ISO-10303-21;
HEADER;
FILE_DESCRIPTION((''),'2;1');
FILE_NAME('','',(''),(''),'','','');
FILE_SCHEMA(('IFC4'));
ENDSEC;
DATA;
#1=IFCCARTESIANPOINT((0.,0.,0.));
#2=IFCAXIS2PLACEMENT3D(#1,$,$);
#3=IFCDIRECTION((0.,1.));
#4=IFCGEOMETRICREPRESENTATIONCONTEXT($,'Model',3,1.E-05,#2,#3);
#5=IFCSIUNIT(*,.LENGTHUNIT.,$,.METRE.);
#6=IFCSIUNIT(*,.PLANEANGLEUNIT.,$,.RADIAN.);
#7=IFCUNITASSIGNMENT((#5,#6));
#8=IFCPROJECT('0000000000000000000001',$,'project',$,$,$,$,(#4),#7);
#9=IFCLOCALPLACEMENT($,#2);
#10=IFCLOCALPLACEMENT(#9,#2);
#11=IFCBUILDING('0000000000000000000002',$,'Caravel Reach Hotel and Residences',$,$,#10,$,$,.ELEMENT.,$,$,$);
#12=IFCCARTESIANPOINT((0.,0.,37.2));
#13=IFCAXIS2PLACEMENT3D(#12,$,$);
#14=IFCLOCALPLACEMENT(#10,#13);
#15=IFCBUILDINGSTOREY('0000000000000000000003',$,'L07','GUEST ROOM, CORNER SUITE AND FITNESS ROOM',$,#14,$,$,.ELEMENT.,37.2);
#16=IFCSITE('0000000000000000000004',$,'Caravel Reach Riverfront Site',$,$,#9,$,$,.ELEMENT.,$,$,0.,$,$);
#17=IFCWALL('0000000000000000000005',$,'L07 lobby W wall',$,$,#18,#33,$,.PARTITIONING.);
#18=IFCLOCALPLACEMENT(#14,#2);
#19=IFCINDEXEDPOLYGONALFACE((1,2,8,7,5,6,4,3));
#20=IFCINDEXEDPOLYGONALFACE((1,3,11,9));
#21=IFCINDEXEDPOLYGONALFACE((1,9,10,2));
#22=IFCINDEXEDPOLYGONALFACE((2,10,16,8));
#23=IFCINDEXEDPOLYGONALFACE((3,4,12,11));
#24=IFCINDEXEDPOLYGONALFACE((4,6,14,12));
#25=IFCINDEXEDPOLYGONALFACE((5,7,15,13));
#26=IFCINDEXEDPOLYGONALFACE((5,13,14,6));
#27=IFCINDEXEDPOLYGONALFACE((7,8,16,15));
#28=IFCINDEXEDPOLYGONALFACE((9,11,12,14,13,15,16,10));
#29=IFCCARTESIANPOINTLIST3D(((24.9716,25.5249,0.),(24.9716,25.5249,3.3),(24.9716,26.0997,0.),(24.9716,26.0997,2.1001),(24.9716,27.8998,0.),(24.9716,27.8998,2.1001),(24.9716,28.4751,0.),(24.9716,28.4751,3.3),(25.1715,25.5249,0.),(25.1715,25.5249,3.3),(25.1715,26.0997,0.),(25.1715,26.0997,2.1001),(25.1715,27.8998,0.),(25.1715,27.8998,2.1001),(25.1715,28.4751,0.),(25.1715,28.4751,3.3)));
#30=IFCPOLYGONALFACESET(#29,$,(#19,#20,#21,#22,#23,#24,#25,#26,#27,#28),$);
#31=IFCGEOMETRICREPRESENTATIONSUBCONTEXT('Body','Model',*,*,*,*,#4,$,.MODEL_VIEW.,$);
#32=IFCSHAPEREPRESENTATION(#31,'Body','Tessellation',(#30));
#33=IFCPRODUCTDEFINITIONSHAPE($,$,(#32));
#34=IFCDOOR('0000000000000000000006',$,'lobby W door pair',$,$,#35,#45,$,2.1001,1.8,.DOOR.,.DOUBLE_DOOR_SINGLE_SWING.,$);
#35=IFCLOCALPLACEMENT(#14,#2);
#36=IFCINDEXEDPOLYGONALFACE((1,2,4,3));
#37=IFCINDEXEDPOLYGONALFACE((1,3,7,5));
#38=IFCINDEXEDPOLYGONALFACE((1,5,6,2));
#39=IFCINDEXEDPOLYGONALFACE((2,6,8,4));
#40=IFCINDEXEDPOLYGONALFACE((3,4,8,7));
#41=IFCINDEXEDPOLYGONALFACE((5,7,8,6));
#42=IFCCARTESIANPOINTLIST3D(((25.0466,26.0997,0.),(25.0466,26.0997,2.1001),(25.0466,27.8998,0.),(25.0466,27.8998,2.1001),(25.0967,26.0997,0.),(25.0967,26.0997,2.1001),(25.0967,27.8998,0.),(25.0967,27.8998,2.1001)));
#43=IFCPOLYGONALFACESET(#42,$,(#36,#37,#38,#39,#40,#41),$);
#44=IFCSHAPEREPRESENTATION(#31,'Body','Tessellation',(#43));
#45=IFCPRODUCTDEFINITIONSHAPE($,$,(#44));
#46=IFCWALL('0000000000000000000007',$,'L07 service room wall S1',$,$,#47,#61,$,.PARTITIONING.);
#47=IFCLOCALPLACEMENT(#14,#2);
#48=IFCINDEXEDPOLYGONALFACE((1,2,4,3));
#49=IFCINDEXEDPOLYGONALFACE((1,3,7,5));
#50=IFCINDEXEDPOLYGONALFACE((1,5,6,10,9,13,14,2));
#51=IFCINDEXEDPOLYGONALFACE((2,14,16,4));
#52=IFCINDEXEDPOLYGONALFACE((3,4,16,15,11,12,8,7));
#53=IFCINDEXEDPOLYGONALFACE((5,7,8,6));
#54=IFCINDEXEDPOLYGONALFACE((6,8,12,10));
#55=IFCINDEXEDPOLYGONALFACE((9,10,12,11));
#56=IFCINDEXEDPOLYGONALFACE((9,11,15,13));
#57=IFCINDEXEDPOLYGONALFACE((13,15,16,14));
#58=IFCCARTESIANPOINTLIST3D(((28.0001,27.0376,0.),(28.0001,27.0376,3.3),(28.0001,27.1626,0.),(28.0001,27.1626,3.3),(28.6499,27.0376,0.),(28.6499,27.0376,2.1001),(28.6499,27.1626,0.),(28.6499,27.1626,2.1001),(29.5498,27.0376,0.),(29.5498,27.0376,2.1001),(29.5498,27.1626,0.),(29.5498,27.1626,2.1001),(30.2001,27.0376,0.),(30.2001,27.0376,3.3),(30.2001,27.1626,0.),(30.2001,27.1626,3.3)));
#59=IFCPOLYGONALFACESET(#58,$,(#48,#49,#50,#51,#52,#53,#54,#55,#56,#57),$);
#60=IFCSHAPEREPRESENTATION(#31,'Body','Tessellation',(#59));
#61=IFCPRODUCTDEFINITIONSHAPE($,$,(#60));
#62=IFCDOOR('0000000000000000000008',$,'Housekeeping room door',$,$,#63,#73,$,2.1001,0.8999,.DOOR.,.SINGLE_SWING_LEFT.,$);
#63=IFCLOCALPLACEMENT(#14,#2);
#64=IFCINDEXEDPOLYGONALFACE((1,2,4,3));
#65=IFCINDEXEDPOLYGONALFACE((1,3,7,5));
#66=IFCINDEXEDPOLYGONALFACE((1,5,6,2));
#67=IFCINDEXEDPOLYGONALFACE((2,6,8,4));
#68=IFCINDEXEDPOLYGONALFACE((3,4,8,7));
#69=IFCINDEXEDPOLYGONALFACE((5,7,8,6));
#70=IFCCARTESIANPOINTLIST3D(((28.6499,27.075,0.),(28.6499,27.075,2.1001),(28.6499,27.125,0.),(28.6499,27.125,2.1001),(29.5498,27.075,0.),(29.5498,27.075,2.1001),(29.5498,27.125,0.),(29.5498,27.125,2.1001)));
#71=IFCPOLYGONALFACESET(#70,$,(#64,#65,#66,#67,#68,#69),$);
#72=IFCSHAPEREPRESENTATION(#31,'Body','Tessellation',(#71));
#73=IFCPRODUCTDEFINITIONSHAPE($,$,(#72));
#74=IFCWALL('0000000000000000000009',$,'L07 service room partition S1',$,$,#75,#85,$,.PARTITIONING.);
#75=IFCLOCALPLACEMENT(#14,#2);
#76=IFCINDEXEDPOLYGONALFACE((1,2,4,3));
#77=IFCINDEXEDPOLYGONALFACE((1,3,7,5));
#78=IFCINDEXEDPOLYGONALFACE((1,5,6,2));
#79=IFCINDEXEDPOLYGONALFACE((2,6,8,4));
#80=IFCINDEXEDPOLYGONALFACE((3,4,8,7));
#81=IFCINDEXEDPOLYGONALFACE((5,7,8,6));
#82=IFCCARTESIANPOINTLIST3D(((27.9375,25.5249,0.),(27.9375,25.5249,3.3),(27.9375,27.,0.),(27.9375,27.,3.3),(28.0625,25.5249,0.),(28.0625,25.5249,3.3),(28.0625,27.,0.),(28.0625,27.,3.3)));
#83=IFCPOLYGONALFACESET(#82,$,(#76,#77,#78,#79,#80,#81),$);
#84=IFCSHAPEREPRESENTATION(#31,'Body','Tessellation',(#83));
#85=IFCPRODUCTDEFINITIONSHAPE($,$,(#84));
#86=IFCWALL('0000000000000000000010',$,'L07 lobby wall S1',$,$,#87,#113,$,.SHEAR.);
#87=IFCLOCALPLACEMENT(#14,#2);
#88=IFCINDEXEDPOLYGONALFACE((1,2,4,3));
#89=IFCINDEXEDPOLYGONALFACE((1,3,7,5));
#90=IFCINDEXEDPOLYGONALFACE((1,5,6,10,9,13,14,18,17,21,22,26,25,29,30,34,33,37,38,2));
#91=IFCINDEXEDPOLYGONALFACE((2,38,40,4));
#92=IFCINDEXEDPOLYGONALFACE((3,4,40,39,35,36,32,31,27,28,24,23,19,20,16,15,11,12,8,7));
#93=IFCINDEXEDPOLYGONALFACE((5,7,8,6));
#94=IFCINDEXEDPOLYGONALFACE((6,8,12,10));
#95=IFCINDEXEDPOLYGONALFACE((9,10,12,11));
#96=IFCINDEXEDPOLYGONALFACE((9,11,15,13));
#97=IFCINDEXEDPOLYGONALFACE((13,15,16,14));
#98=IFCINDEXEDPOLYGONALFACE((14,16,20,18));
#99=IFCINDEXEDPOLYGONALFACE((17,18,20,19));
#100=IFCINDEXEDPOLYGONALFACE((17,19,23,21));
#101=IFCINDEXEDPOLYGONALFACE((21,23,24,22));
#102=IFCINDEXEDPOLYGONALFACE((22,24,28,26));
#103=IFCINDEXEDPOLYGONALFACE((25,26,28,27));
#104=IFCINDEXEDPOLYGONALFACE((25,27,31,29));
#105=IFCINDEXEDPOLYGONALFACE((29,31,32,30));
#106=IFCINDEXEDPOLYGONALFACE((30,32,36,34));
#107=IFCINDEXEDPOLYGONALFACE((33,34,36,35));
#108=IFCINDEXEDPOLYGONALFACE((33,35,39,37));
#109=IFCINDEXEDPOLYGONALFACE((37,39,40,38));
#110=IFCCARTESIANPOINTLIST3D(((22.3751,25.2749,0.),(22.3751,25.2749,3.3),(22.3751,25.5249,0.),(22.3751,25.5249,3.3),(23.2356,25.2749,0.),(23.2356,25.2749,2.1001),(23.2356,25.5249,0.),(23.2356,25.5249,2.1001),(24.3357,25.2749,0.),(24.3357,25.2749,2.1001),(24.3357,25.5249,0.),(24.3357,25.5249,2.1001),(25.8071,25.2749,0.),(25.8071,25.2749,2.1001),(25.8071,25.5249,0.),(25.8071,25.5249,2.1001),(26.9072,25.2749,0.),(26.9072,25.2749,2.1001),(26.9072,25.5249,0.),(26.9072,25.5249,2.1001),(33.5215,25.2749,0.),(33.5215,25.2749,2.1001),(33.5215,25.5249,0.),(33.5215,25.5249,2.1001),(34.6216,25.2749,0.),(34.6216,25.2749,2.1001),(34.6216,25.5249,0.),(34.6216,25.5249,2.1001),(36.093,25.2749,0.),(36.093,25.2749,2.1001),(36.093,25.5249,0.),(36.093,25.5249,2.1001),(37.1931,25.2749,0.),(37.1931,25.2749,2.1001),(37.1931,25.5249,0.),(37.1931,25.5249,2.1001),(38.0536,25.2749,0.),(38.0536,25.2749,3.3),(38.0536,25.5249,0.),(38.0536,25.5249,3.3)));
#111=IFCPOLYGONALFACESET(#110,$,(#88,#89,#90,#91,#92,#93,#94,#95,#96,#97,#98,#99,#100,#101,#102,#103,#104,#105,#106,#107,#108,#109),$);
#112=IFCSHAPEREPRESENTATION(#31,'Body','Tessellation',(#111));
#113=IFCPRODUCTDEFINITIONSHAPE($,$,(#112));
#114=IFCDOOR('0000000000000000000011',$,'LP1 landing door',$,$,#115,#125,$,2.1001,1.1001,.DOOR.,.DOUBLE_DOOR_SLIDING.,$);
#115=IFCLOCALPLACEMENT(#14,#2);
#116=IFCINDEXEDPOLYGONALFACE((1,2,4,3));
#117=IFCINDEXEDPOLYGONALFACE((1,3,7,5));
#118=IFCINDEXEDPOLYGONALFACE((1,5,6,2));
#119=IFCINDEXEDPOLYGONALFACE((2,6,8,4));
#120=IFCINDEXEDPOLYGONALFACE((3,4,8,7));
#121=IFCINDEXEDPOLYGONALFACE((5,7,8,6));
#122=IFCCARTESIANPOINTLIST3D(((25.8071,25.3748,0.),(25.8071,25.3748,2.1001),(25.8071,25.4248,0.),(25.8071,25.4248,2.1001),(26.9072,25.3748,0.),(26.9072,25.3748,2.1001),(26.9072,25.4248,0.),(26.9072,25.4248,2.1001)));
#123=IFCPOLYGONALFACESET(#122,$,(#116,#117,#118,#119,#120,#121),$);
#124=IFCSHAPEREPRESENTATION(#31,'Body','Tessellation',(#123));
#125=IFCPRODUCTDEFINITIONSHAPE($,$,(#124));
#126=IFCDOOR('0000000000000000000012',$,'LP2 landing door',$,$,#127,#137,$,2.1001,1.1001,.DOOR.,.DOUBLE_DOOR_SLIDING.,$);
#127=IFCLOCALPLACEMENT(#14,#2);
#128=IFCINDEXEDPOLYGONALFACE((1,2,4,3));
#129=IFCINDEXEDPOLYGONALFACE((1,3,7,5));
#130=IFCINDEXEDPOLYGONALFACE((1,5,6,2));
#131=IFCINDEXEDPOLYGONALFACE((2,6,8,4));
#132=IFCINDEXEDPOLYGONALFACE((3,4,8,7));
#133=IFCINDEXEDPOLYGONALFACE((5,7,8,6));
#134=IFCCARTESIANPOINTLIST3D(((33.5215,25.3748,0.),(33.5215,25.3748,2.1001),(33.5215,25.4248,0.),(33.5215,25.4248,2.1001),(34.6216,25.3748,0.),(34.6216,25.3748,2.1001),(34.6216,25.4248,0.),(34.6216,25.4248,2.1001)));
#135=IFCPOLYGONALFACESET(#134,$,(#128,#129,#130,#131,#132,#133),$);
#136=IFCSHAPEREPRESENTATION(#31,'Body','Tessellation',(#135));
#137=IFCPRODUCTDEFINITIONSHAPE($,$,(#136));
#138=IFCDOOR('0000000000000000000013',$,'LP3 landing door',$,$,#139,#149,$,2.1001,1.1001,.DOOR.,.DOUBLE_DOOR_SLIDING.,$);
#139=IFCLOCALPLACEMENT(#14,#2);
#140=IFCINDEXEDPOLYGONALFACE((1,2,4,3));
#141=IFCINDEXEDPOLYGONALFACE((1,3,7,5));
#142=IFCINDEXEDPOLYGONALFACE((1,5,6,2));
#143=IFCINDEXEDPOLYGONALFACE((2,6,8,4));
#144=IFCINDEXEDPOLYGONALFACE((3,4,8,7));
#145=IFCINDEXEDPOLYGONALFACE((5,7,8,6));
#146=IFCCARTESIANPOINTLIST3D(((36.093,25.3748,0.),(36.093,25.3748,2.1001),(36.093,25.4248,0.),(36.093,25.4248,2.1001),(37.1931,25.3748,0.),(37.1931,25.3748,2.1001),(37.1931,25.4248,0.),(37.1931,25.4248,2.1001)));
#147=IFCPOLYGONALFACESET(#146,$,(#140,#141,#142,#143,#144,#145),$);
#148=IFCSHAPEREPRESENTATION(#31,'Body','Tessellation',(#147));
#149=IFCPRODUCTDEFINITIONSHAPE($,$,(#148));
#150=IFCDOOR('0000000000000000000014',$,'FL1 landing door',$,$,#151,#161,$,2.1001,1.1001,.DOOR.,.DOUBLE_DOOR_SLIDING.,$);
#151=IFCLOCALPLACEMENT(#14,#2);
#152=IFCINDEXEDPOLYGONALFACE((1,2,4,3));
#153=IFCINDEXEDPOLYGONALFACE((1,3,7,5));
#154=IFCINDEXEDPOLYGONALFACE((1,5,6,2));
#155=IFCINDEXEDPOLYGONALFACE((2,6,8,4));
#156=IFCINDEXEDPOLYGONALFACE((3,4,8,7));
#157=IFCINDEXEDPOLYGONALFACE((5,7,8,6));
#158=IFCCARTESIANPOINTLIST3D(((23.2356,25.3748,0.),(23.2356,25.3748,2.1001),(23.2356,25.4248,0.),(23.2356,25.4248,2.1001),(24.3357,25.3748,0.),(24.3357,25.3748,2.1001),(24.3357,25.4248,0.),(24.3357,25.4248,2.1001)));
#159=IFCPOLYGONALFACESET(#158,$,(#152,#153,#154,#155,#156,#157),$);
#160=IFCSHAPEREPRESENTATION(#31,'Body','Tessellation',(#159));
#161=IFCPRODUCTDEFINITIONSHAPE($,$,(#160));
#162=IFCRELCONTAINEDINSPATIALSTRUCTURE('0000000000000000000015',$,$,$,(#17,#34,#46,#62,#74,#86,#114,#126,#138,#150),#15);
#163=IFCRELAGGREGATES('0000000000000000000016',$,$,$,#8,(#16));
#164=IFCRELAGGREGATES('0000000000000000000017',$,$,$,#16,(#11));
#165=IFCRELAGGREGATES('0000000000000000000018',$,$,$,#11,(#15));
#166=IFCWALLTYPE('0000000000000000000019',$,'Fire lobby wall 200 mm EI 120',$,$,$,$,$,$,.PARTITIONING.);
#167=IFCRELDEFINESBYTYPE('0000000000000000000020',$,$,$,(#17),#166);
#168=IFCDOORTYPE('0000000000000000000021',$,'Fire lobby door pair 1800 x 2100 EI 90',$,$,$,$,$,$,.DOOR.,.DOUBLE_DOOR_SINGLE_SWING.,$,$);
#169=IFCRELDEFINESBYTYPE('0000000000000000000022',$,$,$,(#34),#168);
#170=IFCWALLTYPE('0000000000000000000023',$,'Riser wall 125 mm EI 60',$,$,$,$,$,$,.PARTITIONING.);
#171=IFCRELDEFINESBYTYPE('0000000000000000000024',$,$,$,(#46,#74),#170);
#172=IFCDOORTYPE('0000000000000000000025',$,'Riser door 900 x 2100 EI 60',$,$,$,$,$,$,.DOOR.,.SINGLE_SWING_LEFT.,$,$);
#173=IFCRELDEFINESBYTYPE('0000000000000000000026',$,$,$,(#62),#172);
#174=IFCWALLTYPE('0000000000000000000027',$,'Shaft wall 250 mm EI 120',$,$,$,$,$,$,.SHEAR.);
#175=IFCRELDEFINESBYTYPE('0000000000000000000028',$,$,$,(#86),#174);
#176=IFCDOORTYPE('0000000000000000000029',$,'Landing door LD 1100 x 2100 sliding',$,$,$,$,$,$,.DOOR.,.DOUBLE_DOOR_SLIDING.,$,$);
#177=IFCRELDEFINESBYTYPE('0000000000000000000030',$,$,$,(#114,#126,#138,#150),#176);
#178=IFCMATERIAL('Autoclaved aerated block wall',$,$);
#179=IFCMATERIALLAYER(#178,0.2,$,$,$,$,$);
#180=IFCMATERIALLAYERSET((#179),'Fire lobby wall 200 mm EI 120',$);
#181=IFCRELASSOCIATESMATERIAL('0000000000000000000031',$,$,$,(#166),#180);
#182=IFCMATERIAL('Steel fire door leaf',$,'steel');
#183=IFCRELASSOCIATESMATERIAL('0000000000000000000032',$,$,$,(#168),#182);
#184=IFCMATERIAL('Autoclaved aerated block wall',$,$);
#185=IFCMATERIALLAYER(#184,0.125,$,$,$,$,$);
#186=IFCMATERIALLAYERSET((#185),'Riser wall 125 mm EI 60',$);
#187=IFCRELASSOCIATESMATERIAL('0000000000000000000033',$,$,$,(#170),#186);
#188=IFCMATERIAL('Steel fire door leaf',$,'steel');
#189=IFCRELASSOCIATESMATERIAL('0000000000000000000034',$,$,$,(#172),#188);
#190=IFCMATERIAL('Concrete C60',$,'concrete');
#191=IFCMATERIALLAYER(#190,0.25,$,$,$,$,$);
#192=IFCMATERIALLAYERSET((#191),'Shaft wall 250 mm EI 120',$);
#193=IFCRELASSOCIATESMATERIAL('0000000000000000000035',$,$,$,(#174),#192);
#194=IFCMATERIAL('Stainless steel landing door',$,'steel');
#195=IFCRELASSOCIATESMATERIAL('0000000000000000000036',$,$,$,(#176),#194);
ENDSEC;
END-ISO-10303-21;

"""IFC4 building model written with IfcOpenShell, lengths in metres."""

from ifc_helpers import new_model, si_unit, direction, frame, frame_2d, origin, place, context, subcontext, project, spatial, rectangle, extrude, material, layer, layer_set, type_object, element, fill, save


model = new_model("IFC4")

# Units and contexts
model_context = context("Model", 3, precision=1e-05, world=origin(), true_north=direction((0.0, 1.0)))
body_context = subcontext(model_context, "Body", "Model", "MODEL_VIEW")
ifc_project = project(units=[si_unit("LENGTHUNIT", "METRE"), si_unit("PLANEANGLEUNIT", "RADIAN")], contexts=[model_context])

# Site, building, storey
site_placement = place(None, origin())
site = spatial("IfcSite", under=ifc_project, at=site_placement, Name="Caravel Reach Riverfront Site", CompositionType="ELEMENT", RefElevation=0.0)
building_placement = place(site_placement, origin())
building = spatial("IfcBuilding", under=site, at=building_placement, Name="Caravel Reach Hotel and Residences", CompositionType="ELEMENT")
storey_placement = place(building_placement, frame((0.0, 0.0, 37.2)))
storey = spatial("IfcBuildingStorey", under=building, at=storey_placement, Name="L07", Description="GUEST ROOM, CORNER SUITE AND FITNESS ROOM", CompositionType="ELEMENT", Elevation=37.2)

# Walls, openings, doors
ifc_material_1 = material(Name="Autoclaved aerated block wall")
ifc_layer_1 = layer(ifc_material_1, 0.2)
ifc_layer_set_1 = layer_set([ifc_layer_1], Name="Fire lobby wall 200 mm EI 120")
wall_type_1 = type_object("IfcWallType", Name="Fire lobby wall 200 mm EI 120", PredefinedType="PARTITIONING", material=ifc_layer_set_1)
wall_1_placement = place(storey_placement, frame((25.0715, 25.5249, 0.0), z_axis=(0.0, 0.0, 1.0), x_axis=(0.0, 1.0, 0.0)))
wall_1 = element("IfcWall", 1, at=wall_1_placement, inside=storey, type_object=wall_type_1, Name="L07 lobby W wall", PredefinedType="PARTITIONING", context=body_context, shape_type="SweptSolid", body=[
    extrude(rectangle(XDim=2.9502, YDim=0.2, at=frame_2d((1.4751, 0.0))), origin(), (0.0, 0.0, 1.0), 3.3),
])
opening_1_placement = place(wall_1_placement, frame((0.575, 0.0, 0.0)))
opening_1 = element("IfcOpeningElement", 2, at=opening_1_placement, cuts=wall_1, PredefinedType="OPENING", context=body_context, shape_type="SweptSolid", body=[
    extrude(rectangle(XDim=1.8, YDim=2.1001, at=frame_2d((0.8999, 1.05))), frame((0.0, 0.1099, 0.0), z_axis=(0.0, -1.0, 0.0), x_axis=(1.0, 0.0, 0.0)), (0.0, 0.0, 1.0), 0.22),
])
ifc_material_2 = material(Name="Steel fire door leaf", Category="steel")
door_type_1 = type_object("IfcDoorType", Name="Fire lobby door pair 1800 x 2100 EI 90", OperationType="DOUBLE_DOOR_SINGLE_SWING", PredefinedType="DOOR", material=ifc_material_2)
door_1_placement = place(opening_1_placement, origin())
door_1 = element("IfcDoor", 3, at=door_1_placement, inside=storey, type_object=door_type_1, Name="lobby W door pair", OperationType="DOUBLE_DOOR_SINGLE_SWING", OverallHeight=2.1001, OverallWidth=1.8, PredefinedType="DOOR", context=body_context, shape_type="SweptSolid", body=[
    extrude(rectangle(XDim=1.8, YDim=2.1001, at=frame_2d((0.8999, 1.05))), frame((0.0, 0.0249, 0.0), z_axis=(0.0, -1.0, 0.0), x_axis=(1.0, 0.0, 0.0)), (0.0, 0.0, 1.0), 0.05),
])
fill(opening_1, door_1)
ifc_material_3 = material(Name="Autoclaved aerated block wall")
ifc_layer_2 = layer(ifc_material_3, 0.125)
ifc_layer_set_2 = layer_set([ifc_layer_2], Name="Riser wall 125 mm EI 60")
wall_type_2 = type_object("IfcWallType", Name="Riser wall 125 mm EI 60", PredefinedType="PARTITIONING", material=ifc_layer_set_2)
wall_2_placement = place(storey_placement, frame((28.0, 27.1001, 0.0), z_axis=(0.0, 0.0, 1.0), x_axis=(1.0, 0.0, 0.0)))
wall_2 = element("IfcWall", 4, at=wall_2_placement, inside=storey, type_object=wall_type_2, Name="L07 service room wall S1", PredefinedType="PARTITIONING", context=body_context, shape_type="SweptSolid", body=[
    extrude(rectangle(XDim=2.2, YDim=0.125, at=frame_2d((1.1001, 0.0))), origin(), (0.0, 0.0, 1.0), 3.3),
])
opening_2_placement = place(wall_2_placement, frame((0.6499, 0.0, 0.0)))
opening_2 = element("IfcOpeningElement", 5, at=opening_2_placement, cuts=wall_2, PredefinedType="OPENING", context=body_context, shape_type="SweptSolid", body=[
    extrude(rectangle(XDim=0.8999, YDim=2.1001, at=frame_2d((0.45, 1.05))), frame((0.0, 0.0725, 0.0), z_axis=(0.0, -1.0, 0.0), x_axis=(1.0, 0.0, 0.0)), (0.0, 0.0, 1.0), 0.145),
])
ifc_material_4 = material(Name="Steel fire door leaf", Category="steel")
door_type_2 = type_object("IfcDoorType", Name="Riser door 900 x 2100 EI 60", OperationType="SINGLE_SWING_LEFT", PredefinedType="DOOR", material=ifc_material_4)
door_2_placement = place(opening_2_placement, origin())
door_2 = element("IfcDoor", 6, at=door_2_placement, inside=storey, type_object=door_type_2, Name="Housekeeping room door", OperationType="SINGLE_SWING_LEFT", OverallHeight=2.1001, OverallWidth=0.8999, PredefinedType="DOOR", context=body_context, shape_type="SweptSolid", body=[
    extrude(rectangle(XDim=0.8999, YDim=2.1001, at=frame_2d((0.45, 1.05))), frame((0.0, 0.0249, 0.0), z_axis=(0.0, -1.0, 0.0), x_axis=(1.0, 0.0, 0.0)), (0.0, 0.0, 1.0), 0.05),
])
fill(opening_2, door_2)

# Wall
wall_3_placement = place(storey_placement, frame((28.0, 25.5249, 0.0), z_axis=(0.0, 0.0, 1.0), x_axis=(0.0, 1.0, 0.0)))
element("IfcWall", 7, at=wall_3_placement, inside=storey, type_object=wall_type_2, Name="L07 service room partition S1", PredefinedType="PARTITIONING", context=body_context, shape_type="SweptSolid", body=[
    extrude(rectangle(XDim=1.4751, YDim=0.125, at=frame_2d((0.7375, 0.0))), origin(), (0.0, 0.0, 1.0), 3.3),
])

# Wall, openings, doors
ifc_material_5 = material(Name="Concrete C60", Category="concrete")
ifc_layer_3 = layer(ifc_material_5, 0.25)
ifc_layer_set_3 = layer_set([ifc_layer_3], Name="Shaft wall 250 mm EI 120")
wall_type_3 = type_object("IfcWallType", Name="Shaft wall 250 mm EI 120", PredefinedType="SHEAR", material=ifc_layer_set_3)
wall_4_placement = place(storey_placement, frame((22.375, 25.3999, 0.0), z_axis=(0.0, 0.0, 1.0), x_axis=(1.0, 0.0, 0.0)))
wall_4 = element("IfcWall", 8, at=wall_4_placement, inside=storey, type_object=wall_type_3, Name="L07 lobby wall S1", PredefinedType="SHEAR", context=body_context, shape_type="SweptSolid", body=[
    extrude(rectangle(XDim=15.6785, YDim=0.25, at=frame_2d((7.8394, 0.0))), origin(), (0.0, 0.0, 1.0), 3.3),
])
opening_3_placement = place(wall_4_placement, frame((3.4321, 0.0, 0.0)))
opening_3 = element("IfcOpeningElement", 9, at=opening_3_placement, cuts=wall_4, PredefinedType="OPENING", context=body_context, shape_type="SweptSolid", body=[
    extrude(rectangle(XDim=1.1001, YDim=2.1001, at=frame_2d((0.55, 1.05))), frame((0.0, 0.135, 0.0), z_axis=(0.0, -1.0, 0.0), x_axis=(1.0, 0.0, 0.0)), (0.0, 0.0, 1.0), 0.27),
])
opening_4_placement = place(wall_4_placement, frame((11.1465, 0.0, 0.0)))
opening_4 = element("IfcOpeningElement", 10, at=opening_4_placement, cuts=wall_4, PredefinedType="OPENING", context=body_context, shape_type="SweptSolid", body=[
    extrude(rectangle(XDim=1.1001, YDim=2.1001, at=frame_2d((0.55, 1.05))), frame((0.0, 0.135, 0.0), z_axis=(0.0, -1.0, 0.0), x_axis=(1.0, 0.0, 0.0)), (0.0, 0.0, 1.0), 0.27),
])
opening_5_placement = place(wall_4_placement, frame((13.718, 0.0, 0.0)))
opening_5 = element("IfcOpeningElement", 11, at=opening_5_placement, cuts=wall_4, PredefinedType="OPENING", context=body_context, shape_type="SweptSolid", body=[
    extrude(rectangle(XDim=1.1001, YDim=2.1001, at=frame_2d((0.55, 1.05))), frame((0.0, 0.135, 0.0), z_axis=(0.0, -1.0, 0.0), x_axis=(1.0, 0.0, 0.0)), (0.0, 0.0, 1.0), 0.27),
])
opening_6_placement = place(wall_4_placement, frame((0.8606, 0.0, 0.0)))
opening_6 = element("IfcOpeningElement", 12, at=opening_6_placement, cuts=wall_4, PredefinedType="OPENING", context=body_context, shape_type="SweptSolid", body=[
    extrude(rectangle(XDim=1.1001, YDim=2.1001, at=frame_2d((0.55, 1.05))), frame((0.0, 0.135, 0.0), z_axis=(0.0, -1.0, 0.0), x_axis=(1.0, 0.0, 0.0)), (0.0, 0.0, 1.0), 0.27),
])
ifc_material_6 = material(Name="Stainless steel landing door", Category="steel")
door_type_3 = type_object("IfcDoorType", Name="Landing door LD 1100 x 2100 sliding", OperationType="DOUBLE_DOOR_SLIDING", PredefinedType="DOOR", material=ifc_material_6)
door_3_placement = place(opening_3_placement, origin())
door_3 = element("IfcDoor", 13, at=door_3_placement, inside=storey, type_object=door_type_3, Name="LP1 landing door", OperationType="DOUBLE_DOOR_SLIDING", OverallHeight=2.1001, OverallWidth=1.1001, PredefinedType="DOOR", context=body_context, shape_type="SweptSolid", body=[
    extrude(rectangle(XDim=1.1001, YDim=2.1001, at=frame_2d((0.55, 1.05))), frame((0.0, 0.0249, 0.0), z_axis=(0.0, -1.0, 0.0), x_axis=(1.0, 0.0, 0.0)), (0.0, 0.0, 1.0), 0.05),
])
fill(opening_3, door_3)
door_4_placement = place(opening_4_placement, origin())
door_4 = element("IfcDoor", 14, at=door_4_placement, inside=storey, type_object=door_type_3, Name="LP2 landing door", OperationType="DOUBLE_DOOR_SLIDING", OverallHeight=2.1001, OverallWidth=1.1001, PredefinedType="DOOR", context=body_context, shape_type="SweptSolid", body=[
    extrude(rectangle(XDim=1.1001, YDim=2.1001, at=frame_2d((0.55, 1.05))), frame((0.0, 0.0249, 0.0), z_axis=(0.0, -1.0, 0.0), x_axis=(1.0, 0.0, 0.0)), (0.0, 0.0, 1.0), 0.05),
])
fill(opening_4, door_4)
door_5_placement = place(opening_5_placement, origin())
door_5 = element("IfcDoor", 15, at=door_5_placement, inside=storey, type_object=door_type_3, Name="LP3 landing door", OperationType="DOUBLE_DOOR_SLIDING", OverallHeight=2.1001, OverallWidth=1.1001, PredefinedType="DOOR", context=body_context, shape_type="SweptSolid", body=[
    extrude(rectangle(XDim=1.1001, YDim=2.1001, at=frame_2d((0.55, 1.05))), frame((0.0, 0.0249, 0.0), z_axis=(0.0, -1.0, 0.0), x_axis=(1.0, 0.0, 0.0)), (0.0, 0.0, 1.0), 0.05),
])
fill(opening_5, door_5)
door_6_placement = place(opening_6_placement, origin())
door_6 = element("IfcDoor", 16, at=door_6_placement, inside=storey, type_object=door_type_3, Name="FL1 landing door", OperationType="DOUBLE_DOOR_SLIDING", OverallHeight=2.1001, OverallWidth=1.1001, PredefinedType="DOOR", context=body_context, shape_type="SweptSolid", body=[
    extrude(rectangle(XDim=1.1001, YDim=2.1001, at=frame_2d((0.55, 1.05))), frame((0.0, 0.0249, 0.0), z_axis=(0.0, -1.0, 0.0), x_axis=(1.0, 0.0, 0.0)), (0.0, 0.0, 1.0), 0.05),
])
fill(opening_6, door_6)

save(model, "model.ifc")
